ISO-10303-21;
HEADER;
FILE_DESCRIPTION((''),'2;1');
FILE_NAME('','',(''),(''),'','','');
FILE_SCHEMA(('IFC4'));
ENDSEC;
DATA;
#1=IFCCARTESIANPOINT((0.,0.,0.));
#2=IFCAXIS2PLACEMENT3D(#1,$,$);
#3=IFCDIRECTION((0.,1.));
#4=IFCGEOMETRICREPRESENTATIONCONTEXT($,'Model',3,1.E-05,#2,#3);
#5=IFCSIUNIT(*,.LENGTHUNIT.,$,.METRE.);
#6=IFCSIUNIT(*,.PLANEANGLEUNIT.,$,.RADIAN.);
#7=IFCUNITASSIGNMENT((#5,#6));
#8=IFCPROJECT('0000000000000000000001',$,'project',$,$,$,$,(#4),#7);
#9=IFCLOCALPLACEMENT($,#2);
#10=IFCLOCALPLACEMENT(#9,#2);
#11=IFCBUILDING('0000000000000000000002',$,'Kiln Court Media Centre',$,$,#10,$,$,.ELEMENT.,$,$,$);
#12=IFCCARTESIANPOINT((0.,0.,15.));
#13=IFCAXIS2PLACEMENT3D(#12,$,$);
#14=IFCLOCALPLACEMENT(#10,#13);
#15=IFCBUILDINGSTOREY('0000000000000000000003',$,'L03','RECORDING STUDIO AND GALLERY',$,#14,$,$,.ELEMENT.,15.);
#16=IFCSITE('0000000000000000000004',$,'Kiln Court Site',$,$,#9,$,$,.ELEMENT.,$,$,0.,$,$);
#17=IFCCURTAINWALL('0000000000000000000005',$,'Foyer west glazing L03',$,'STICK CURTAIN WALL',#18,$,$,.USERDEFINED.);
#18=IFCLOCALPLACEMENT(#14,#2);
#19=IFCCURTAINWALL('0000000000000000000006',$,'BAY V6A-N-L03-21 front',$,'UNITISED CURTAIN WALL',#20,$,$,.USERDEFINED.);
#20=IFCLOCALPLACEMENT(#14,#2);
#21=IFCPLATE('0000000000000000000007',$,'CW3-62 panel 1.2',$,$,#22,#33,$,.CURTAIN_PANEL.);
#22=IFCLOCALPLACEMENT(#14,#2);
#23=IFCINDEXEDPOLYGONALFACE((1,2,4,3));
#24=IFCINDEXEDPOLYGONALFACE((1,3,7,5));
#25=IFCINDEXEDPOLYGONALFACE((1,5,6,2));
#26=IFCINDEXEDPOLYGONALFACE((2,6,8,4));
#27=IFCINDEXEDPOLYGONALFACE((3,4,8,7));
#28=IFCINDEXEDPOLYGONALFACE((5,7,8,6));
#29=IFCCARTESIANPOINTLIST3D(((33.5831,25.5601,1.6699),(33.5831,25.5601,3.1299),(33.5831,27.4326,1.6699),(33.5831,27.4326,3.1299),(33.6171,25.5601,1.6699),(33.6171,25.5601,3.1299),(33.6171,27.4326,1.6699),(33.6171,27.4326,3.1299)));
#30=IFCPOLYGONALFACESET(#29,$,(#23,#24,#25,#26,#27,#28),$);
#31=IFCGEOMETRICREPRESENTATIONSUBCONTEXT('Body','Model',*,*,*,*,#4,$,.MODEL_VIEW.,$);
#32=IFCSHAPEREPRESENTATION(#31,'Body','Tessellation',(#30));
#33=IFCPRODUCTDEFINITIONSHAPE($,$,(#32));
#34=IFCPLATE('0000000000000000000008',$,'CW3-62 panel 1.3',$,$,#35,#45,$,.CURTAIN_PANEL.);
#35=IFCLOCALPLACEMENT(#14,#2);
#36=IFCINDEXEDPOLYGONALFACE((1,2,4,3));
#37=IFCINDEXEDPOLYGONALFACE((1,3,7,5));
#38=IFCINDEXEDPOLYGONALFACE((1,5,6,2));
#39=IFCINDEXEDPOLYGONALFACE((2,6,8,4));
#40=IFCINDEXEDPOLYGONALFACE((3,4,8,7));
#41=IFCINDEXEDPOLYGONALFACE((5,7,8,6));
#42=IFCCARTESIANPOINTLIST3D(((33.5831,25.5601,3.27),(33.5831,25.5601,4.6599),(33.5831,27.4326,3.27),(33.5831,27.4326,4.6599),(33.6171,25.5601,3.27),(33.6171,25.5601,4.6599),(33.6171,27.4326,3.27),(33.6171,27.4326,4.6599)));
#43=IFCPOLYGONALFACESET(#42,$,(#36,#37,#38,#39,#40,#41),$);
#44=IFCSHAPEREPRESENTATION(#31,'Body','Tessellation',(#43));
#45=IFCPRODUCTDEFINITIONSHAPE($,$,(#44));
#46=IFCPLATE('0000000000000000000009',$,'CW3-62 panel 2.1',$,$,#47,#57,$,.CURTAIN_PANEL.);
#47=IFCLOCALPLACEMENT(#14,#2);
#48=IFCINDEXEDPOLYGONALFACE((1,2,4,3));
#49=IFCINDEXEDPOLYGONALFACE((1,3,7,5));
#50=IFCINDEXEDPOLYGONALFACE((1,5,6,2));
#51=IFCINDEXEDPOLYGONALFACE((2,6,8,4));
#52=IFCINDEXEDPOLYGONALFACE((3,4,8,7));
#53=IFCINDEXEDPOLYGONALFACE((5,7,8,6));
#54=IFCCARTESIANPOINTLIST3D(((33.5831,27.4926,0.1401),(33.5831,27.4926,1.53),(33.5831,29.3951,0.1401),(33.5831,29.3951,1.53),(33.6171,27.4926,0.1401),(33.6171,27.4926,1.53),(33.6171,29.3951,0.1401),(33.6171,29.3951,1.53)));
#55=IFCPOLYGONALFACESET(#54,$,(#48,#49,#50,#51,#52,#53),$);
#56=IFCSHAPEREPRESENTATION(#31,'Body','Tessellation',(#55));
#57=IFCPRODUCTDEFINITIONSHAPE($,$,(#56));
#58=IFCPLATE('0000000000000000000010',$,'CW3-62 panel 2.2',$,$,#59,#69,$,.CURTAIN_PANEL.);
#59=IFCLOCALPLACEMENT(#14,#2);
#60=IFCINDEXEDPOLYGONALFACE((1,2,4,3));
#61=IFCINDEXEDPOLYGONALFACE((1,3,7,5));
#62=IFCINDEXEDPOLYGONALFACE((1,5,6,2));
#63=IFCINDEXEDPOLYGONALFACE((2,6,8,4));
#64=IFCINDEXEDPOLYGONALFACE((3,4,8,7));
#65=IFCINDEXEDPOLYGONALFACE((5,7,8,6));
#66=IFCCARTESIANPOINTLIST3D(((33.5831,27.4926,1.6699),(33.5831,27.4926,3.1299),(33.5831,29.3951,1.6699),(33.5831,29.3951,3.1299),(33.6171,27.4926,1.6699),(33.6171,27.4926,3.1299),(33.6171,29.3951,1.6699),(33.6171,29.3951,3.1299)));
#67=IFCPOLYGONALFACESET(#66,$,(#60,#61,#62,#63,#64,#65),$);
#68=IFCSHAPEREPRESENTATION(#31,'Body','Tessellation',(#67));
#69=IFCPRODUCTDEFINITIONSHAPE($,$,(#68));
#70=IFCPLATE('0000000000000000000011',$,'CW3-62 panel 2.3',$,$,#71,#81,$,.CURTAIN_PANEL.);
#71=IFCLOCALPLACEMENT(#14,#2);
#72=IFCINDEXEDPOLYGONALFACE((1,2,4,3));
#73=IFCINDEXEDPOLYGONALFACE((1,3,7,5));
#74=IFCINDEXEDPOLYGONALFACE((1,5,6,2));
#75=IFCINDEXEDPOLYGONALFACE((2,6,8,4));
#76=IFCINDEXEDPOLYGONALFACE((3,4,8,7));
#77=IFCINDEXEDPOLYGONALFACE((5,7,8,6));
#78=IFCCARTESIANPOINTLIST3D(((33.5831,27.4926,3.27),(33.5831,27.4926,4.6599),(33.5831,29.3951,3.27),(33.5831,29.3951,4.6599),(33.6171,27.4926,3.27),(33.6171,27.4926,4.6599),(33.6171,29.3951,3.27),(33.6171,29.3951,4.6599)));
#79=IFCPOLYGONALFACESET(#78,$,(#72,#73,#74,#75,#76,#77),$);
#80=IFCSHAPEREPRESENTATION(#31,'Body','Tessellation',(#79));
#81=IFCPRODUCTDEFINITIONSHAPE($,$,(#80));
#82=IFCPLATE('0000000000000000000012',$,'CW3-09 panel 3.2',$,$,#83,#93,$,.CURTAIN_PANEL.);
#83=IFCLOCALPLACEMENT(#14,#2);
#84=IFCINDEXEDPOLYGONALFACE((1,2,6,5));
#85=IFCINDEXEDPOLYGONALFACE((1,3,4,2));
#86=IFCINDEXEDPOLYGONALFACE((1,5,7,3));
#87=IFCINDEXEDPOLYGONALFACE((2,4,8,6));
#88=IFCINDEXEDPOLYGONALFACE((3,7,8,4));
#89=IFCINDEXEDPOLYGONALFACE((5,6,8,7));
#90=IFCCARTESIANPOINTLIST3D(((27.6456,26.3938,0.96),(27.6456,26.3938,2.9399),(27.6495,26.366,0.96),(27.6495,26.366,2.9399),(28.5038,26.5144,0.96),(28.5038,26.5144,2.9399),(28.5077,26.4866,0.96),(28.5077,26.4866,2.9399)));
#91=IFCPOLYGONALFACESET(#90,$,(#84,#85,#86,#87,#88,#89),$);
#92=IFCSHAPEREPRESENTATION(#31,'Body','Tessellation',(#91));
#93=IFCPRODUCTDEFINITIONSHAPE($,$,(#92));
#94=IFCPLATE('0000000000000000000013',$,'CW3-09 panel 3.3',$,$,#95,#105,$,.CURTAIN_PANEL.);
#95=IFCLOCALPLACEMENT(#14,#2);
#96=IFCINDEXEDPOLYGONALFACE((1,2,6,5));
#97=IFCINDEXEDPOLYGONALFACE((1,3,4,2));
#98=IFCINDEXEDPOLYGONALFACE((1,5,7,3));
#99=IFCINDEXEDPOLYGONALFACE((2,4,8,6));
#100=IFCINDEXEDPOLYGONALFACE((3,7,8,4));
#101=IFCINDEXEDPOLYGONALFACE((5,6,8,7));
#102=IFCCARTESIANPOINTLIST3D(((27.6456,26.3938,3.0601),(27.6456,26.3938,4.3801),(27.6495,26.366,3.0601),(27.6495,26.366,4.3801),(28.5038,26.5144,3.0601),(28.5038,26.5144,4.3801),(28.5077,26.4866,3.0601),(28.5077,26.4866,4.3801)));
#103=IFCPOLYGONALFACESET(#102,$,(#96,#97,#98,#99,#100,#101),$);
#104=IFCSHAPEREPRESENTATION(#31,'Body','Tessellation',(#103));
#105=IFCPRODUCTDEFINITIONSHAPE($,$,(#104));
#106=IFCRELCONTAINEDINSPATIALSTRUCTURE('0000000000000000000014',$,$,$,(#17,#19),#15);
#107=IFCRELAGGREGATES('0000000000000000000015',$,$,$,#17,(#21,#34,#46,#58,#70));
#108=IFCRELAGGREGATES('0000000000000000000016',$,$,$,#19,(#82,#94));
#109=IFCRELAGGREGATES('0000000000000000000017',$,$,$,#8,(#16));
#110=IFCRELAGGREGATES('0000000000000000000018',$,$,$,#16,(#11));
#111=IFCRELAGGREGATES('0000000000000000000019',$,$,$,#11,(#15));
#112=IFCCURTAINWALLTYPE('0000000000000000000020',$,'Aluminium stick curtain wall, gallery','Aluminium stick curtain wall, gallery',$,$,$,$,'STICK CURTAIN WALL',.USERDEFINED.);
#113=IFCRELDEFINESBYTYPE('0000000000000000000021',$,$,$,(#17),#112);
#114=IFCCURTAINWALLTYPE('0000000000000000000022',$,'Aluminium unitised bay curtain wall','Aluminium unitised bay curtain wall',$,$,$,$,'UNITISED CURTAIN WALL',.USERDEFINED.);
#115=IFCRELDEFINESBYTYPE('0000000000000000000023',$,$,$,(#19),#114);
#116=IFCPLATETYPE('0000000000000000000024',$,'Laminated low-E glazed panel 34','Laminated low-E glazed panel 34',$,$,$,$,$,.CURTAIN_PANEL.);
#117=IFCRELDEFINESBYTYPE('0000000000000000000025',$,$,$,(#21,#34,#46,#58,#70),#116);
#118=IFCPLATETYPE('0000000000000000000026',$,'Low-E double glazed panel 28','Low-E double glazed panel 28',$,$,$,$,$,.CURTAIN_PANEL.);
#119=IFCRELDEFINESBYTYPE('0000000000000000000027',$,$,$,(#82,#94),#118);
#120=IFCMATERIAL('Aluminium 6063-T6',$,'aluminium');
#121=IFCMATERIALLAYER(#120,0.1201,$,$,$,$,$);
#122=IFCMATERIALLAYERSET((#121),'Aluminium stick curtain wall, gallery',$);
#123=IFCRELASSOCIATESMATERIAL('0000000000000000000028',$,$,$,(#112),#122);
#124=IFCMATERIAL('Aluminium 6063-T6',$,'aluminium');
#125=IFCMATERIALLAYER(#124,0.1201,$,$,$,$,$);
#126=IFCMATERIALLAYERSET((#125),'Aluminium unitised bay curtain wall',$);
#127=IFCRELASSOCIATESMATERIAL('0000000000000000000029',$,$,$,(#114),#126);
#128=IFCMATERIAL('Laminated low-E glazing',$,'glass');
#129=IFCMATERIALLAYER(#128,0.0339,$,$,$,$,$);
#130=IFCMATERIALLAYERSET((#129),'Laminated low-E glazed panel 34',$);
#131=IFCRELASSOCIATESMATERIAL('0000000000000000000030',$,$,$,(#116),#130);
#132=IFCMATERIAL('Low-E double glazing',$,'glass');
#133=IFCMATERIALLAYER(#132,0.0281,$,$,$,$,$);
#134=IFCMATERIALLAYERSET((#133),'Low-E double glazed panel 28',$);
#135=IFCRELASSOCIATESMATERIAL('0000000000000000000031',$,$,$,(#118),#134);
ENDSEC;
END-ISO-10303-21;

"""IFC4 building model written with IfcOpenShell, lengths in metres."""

from ifc_helpers import new_model, si_unit, direction, frame, origin, origin_2d, place, context, subcontext, project, spatial, rectangle, extrude, material, layer, layer_set, type_object, element, aggregate, save


model = new_model("IFC4")

# Units and contexts
model_context = context("Model", 3, precision=1e-05, world=origin(), true_north=direction((0.0, 1.0)))
body_context = subcontext(model_context, "Body", "Model", "MODEL_VIEW")
ifc_project = project(units=[si_unit("LENGTHUNIT", "METRE"), si_unit("PLANEANGLEUNIT", "RADIAN")], contexts=[model_context])

# Site, building, storey
site_placement = place(None, origin())
site = spatial("IfcSite", under=ifc_project, at=site_placement, Name="Kiln Court Site", CompositionType="ELEMENT", RefElevation=0.0)
building_placement = place(site_placement, origin())
building = spatial("IfcBuilding", under=site, at=building_placement, Name="Kiln Court Media Centre", CompositionType="ELEMENT")
storey_placement = place(building_placement, frame((0.0, 0.0, 15.0)))
storey = spatial("IfcBuildingStorey", under=building, at=storey_placement, Name="L03", Description="RECORDING STUDIO AND GALLERY", CompositionType="ELEMENT", Elevation=15.0)

# Curtain wall
ifc_material_1 = material(Name="Aluminium 6063-T6", Category="aluminium")
ifc_layer_1 = layer(ifc_material_1, 0.1201)
ifc_layer_set_1 = layer_set([ifc_layer_1], Name="Aluminium stick curtain wall, gallery")
curtain_wall_type_1 = type_object("IfcCurtainWallType", Name="Aluminium stick curtain wall, gallery", Description="Aluminium stick curtain wall, gallery", ElementType="STICK CURTAIN WALL", PredefinedType="USERDEFINED", material=ifc_layer_set_1)
curtain_wall_1_placement = place(storey_placement, origin())
curtain_wall_1 = element("IfcCurtainWall", 1, at=curtain_wall_1_placement, inside=storey, type_object=curtain_wall_type_1, Name="Foyer west glazing L03", ObjectType="STICK CURTAIN WALL", PredefinedType="USERDEFINED")

# Curtain wall
ifc_material_2 = material(Name="Aluminium 6063-T6", Category="aluminium")
ifc_layer_2 = layer(ifc_material_2, 0.1201)
ifc_layer_set_2 = layer_set([ifc_layer_2], Name="Aluminium unitised bay curtain wall")
curtain_wall_type_2 = type_object("IfcCurtainWallType", Name="Aluminium unitised bay curtain wall", Description="Aluminium unitised bay curtain wall", ElementType="UNITISED CURTAIN WALL", PredefinedType="USERDEFINED", material=ifc_layer_set_2)
curtain_wall_2_placement = place(storey_placement, origin())
curtain_wall_2 = element("IfcCurtainWall", 2, at=curtain_wall_2_placement, inside=storey, type_object=curtain_wall_type_2, Name="BAY V6A-N-L03-21 front", ObjectType="UNITISED CURTAIN WALL", PredefinedType="USERDEFINED")

# Plates
ifc_material_3 = material(Name="Laminated low-E glazing", Category="glass")
ifc_layer_3 = layer(ifc_material_3, 0.0339)
ifc_layer_set_3 = layer_set([ifc_layer_3], Name="Laminated low-E glazed panel 34")
plate_type_1 = type_object("IfcPlateType", Name="Laminated low-E glazed panel 34", Description="Laminated low-E glazed panel 34", PredefinedType="CURTAIN_PANEL", material=ifc_layer_set_3)
plate_1_placement = place(storey_placement, frame((33.6001, 26.4963, 1.6699), z_axis=(0.0, 0.0, 1.0), x_axis=(0.0, 1.0, 0.0)))
plate_1 = element("IfcPlate", 3, at=plate_1_placement, type_object=plate_type_1, Name="CW3-62 panel 1.2", PredefinedType="CURTAIN_PANEL", context=body_context, shape_type="SweptSolid", body=[
    extrude(rectangle(XDim=1.8726, YDim=0.0339, at=origin_2d()), origin(), (0.0, 0.0, 1.0), 1.46),
])
plate_2_placement = place(storey_placement, frame((33.6001, 26.4963, 3.27), z_axis=(0.0, 0.0, 1.0), x_axis=(0.0, 1.0, 0.0)))
plate_2 = element("IfcPlate", 4, at=plate_2_placement, type_object=plate_type_1, Name="CW3-62 panel 1.3", PredefinedType="CURTAIN_PANEL", context=body_context, shape_type="SweptSolid", body=[
    extrude(rectangle(XDim=1.8726, YDim=0.0339, at=origin_2d()), origin(), (0.0, 0.0, 1.0), 1.3899),
])
plate_3_placement = place(storey_placement, frame((33.6001, 28.4438, 0.1401), z_axis=(0.0, 0.0, 1.0), x_axis=(0.0, 1.0, 0.0)))
plate_3 = element("IfcPlate", 5, at=plate_3_placement, type_object=plate_type_1, Name="CW3-62 panel 2.1", PredefinedType="CURTAIN_PANEL", context=body_context, shape_type="SweptSolid", body=[
    extrude(rectangle(XDim=1.9026, YDim=0.0339, at=origin_2d()), origin(), (0.0, 0.0, 1.0), 1.3899),
])
plate_4_placement = place(storey_placement, frame((33.6001, 28.4438, 1.6699), z_axis=(0.0, 0.0, 1.0), x_axis=(0.0, 1.0, 0.0)))
plate_4 = element("IfcPlate", 6, at=plate_4_placement, type_object=plate_type_1, Name="CW3-62 panel 2.2", PredefinedType="CURTAIN_PANEL", context=body_context, shape_type="SweptSolid", body=[
    extrude(rectangle(XDim=1.9026, YDim=0.0339, at=origin_2d()), origin(), (0.0, 0.0, 1.0), 1.46),
])
plate_5_placement = place(storey_placement, frame((33.6001, 28.4438, 3.27), z_axis=(0.0, 0.0, 1.0), x_axis=(0.0, 1.0, 0.0)))
plate_5 = element("IfcPlate", 7, at=plate_5_placement, type_object=plate_type_1, Name="CW3-62 panel 2.3", PredefinedType="CURTAIN_PANEL", context=body_context, shape_type="SweptSolid", body=[
    extrude(rectangle(XDim=1.9026, YDim=0.0339, at=origin_2d()), origin(), (0.0, 0.0, 1.0), 1.3899),
])
aggregate(curtain_wall_1, [plate_1, plate_2, plate_3, plate_4, plate_5])
ifc_material_4 = material(Name="Low-E double glazing", Category="glass")
ifc_layer_4 = layer(ifc_material_4, 0.0281)
ifc_layer_set_4 = layer_set([ifc_layer_4], Name="Low-E double glazed panel 28")
plate_type_2 = type_object("IfcPlateType", Name="Low-E double glazed panel 28", Description="Low-E double glazed panel 28", PredefinedType="CURTAIN_PANEL", material=ifc_layer_set_4)
plate_6_placement = place(storey_placement, frame((28.0767, 26.4402, 0.96), z_axis=(0.0, 0.0, 1.0), x_axis=(0.99027, 0.139162, 0.0)))
plate_6 = element("IfcPlate", 8, at=plate_6_placement, type_object=plate_type_2, Name="CW3-09 panel 3.2", PredefinedType="CURTAIN_PANEL", context=body_context, shape_type="SweptSolid", body=[
    extrude(rectangle(XDim=0.8667, YDim=0.0281, at=origin_2d()), origin(), (0.0, 0.0, 1.0), 1.98),
])
plate_7_placement = place(storey_placement, frame((28.0767, 26.4402, 3.0601), z_axis=(0.0, 0.0, 1.0), x_axis=(0.99027, 0.139162, 0.0)))
plate_7 = element("IfcPlate", 9, at=plate_7_placement, type_object=plate_type_2, Name="CW3-09 panel 3.3", PredefinedType="CURTAIN_PANEL", context=body_context, shape_type="SweptSolid", body=[
    extrude(rectangle(XDim=0.8667, YDim=0.0281, at=origin_2d()), origin(), (0.0, 0.0, 1.0), 1.3201),
])
aggregate(curtain_wall_2, [plate_6, plate_7])

save(model, "model.ifc")
